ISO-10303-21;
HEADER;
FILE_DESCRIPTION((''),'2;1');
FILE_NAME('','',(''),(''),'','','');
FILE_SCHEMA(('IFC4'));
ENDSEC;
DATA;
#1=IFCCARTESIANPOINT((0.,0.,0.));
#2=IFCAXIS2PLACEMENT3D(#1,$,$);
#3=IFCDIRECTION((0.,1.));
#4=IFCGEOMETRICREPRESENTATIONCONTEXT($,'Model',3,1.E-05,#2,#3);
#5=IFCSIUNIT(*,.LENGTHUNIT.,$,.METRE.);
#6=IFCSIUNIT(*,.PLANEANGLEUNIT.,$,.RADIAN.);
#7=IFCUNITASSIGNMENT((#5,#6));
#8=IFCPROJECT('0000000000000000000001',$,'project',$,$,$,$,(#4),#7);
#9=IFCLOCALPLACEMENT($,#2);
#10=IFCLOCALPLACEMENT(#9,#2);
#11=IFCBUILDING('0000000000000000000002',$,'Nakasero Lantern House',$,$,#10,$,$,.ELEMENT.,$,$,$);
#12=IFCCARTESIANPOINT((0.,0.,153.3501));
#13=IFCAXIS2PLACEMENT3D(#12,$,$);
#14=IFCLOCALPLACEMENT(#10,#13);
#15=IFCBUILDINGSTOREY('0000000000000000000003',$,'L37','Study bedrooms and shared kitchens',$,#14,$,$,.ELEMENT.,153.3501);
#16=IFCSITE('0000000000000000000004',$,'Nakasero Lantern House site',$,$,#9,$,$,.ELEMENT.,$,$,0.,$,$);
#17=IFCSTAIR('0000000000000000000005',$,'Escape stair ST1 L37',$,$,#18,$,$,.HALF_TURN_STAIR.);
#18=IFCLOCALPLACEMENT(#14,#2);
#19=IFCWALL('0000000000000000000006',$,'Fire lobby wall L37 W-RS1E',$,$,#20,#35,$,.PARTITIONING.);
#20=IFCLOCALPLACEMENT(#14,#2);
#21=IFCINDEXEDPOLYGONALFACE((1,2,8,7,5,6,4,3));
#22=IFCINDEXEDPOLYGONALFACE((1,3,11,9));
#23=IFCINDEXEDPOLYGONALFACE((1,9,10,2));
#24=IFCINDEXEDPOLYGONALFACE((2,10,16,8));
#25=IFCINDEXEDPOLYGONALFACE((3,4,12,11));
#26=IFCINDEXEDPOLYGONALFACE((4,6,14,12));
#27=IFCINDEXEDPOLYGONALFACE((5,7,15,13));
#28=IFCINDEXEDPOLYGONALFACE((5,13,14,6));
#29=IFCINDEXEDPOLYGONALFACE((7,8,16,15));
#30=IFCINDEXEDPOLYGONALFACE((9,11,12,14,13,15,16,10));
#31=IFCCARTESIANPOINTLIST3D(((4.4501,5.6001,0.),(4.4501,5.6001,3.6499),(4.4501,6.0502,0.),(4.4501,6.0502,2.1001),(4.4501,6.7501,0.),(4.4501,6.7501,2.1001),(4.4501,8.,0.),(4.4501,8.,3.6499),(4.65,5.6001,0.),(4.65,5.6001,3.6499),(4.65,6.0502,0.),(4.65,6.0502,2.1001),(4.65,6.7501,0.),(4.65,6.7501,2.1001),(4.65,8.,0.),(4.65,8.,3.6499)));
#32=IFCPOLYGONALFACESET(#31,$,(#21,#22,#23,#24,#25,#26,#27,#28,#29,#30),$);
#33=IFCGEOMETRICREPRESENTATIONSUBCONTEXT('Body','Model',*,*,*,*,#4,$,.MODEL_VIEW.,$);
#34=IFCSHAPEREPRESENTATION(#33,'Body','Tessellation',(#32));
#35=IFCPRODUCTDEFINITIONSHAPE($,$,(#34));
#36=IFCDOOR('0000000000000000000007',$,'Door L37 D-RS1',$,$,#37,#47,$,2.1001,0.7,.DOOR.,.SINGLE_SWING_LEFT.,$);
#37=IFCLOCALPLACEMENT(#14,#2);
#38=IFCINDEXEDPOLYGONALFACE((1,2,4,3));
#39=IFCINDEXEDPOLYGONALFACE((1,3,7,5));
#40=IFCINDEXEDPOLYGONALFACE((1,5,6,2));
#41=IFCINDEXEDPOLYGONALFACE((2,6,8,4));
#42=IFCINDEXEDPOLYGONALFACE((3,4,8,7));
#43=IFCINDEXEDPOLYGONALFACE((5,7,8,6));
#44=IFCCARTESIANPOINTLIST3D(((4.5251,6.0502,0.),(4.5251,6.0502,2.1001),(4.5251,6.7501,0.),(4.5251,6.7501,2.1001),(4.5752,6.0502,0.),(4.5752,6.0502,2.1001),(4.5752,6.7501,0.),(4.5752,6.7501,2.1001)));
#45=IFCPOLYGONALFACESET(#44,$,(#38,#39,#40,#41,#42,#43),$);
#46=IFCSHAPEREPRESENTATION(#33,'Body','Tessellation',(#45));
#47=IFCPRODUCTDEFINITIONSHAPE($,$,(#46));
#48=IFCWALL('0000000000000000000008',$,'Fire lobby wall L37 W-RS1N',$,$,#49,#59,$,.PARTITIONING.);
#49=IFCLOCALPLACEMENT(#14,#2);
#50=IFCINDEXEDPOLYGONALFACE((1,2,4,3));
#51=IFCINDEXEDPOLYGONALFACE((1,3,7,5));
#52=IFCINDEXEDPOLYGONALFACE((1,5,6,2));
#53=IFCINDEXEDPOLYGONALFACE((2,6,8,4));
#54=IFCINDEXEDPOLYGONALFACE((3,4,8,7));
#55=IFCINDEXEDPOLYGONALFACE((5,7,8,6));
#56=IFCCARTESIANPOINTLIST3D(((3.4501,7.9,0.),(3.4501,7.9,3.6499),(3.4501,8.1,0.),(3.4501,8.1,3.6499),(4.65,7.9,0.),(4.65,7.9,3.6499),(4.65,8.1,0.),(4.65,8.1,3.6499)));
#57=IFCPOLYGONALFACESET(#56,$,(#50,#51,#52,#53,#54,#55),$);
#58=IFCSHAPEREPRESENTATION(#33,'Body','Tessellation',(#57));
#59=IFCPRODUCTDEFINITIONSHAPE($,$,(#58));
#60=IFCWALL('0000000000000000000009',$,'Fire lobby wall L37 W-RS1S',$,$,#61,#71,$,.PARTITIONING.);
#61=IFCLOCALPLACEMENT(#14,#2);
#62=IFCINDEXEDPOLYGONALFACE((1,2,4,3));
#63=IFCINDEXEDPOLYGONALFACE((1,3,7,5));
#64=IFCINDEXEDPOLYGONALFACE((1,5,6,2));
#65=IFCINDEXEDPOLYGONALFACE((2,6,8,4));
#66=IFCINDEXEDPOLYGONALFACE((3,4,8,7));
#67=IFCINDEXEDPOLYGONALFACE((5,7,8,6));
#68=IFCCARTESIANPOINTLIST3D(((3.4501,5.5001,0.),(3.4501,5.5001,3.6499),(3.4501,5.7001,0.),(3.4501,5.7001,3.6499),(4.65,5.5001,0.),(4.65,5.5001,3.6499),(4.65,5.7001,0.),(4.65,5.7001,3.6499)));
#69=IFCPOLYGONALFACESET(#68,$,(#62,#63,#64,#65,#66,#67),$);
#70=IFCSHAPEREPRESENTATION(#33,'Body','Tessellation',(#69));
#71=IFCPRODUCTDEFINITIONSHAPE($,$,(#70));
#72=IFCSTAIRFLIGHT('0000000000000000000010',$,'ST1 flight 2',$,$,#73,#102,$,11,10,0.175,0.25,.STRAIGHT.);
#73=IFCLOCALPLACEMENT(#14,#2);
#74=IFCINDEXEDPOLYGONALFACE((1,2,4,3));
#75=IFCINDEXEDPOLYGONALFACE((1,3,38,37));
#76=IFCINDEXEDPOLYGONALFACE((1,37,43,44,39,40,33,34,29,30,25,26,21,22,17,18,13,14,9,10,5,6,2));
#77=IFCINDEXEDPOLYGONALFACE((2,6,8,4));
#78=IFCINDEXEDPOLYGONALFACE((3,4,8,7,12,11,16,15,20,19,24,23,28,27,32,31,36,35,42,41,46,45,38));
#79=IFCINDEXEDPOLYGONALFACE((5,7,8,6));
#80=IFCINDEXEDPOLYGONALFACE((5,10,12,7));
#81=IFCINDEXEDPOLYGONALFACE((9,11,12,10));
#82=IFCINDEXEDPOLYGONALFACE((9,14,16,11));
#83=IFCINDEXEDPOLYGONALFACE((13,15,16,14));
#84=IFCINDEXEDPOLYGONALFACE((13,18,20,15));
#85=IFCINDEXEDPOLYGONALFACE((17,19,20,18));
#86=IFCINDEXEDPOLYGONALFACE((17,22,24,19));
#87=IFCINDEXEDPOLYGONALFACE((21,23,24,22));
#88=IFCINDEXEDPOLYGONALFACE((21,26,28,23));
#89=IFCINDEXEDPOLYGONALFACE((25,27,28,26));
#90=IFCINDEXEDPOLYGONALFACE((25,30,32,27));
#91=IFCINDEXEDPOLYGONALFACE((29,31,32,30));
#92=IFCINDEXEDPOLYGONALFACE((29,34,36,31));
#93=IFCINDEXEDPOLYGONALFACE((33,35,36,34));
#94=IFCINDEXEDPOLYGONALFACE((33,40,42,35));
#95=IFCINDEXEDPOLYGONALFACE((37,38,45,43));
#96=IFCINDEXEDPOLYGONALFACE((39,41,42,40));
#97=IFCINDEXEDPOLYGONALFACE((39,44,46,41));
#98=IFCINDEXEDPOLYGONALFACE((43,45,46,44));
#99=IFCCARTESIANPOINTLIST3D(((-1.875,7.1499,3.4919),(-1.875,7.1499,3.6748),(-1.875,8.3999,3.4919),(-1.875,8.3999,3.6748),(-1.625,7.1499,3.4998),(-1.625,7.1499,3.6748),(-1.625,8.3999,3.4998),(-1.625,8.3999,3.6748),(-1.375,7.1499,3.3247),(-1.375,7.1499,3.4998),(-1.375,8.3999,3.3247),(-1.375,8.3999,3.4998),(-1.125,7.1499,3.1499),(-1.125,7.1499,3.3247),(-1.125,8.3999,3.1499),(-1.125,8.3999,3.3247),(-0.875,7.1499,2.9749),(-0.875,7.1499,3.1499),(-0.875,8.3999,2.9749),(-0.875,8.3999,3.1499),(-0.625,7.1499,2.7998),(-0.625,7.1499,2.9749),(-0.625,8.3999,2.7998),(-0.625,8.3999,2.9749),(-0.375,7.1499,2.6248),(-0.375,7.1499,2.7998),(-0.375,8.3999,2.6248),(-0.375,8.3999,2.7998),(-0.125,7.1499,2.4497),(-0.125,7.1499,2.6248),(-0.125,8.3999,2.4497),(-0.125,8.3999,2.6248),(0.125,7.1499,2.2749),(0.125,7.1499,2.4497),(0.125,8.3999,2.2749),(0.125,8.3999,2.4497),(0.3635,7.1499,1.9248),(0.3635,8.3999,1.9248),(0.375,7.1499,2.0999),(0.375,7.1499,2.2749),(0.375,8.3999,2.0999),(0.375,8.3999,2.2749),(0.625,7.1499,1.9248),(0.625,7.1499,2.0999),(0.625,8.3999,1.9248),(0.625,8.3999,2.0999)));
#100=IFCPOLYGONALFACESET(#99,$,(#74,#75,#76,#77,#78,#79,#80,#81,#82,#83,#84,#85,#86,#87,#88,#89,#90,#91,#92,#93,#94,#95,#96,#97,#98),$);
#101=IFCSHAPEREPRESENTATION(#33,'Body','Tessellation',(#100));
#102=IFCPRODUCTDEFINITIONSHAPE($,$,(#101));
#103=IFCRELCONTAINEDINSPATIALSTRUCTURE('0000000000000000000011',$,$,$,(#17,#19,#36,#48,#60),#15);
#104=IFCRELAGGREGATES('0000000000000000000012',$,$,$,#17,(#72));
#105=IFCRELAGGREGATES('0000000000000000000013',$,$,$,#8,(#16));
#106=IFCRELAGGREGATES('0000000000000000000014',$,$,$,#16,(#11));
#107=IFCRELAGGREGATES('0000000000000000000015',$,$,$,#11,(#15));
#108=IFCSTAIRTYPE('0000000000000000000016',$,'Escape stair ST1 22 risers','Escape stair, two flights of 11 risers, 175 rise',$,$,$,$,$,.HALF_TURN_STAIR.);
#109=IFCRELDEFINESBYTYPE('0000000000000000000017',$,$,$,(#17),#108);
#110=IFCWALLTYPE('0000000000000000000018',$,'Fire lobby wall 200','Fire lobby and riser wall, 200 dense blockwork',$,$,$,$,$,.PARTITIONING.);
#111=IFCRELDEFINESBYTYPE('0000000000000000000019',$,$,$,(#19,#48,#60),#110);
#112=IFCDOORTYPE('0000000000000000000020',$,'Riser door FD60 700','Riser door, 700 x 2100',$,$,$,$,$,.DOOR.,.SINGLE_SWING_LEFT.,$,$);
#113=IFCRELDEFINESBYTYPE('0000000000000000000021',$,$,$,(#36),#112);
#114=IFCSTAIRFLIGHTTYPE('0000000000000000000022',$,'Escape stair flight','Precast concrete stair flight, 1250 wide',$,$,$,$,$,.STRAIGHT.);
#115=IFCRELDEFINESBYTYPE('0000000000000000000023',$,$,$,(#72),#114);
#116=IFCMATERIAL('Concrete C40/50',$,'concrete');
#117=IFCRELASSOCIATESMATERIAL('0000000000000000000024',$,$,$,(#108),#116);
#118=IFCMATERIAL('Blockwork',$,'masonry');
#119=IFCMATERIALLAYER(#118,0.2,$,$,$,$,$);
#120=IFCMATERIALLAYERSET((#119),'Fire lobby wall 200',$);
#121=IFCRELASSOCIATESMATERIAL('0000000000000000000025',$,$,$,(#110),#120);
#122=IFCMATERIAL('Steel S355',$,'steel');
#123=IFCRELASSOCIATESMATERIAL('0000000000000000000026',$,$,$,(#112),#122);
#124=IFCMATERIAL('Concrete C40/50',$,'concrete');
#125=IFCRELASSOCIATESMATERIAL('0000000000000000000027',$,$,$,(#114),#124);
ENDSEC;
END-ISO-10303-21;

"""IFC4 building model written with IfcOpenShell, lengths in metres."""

from ifc_helpers import new_model, si_unit, direction, frame, frame_2d, origin, place, context, subcontext, project, spatial, polyline, rectangle, outline, extrude, material, layer, layer_set, type_object, element, fill, aggregate, save


model = new_model("IFC4")

# Units and contexts
model_context = context("Model", 3, precision=1e-05, world=origin(), true_north=direction((0.0, 1.0)))
body_context = subcontext(model_context, "Body", "Model", "MODEL_VIEW")
ifc_project = project(units=[si_unit("LENGTHUNIT", "METRE"), si_unit("PLANEANGLEUNIT", "RADIAN")], contexts=[model_context])

# Site, building, storey
site_placement = place(None, origin())
site = spatial("IfcSite", under=ifc_project, at=site_placement, Name="Nakasero Lantern House site", CompositionType="ELEMENT", RefElevation=0.0)
building_placement = place(site_placement, origin())
building = spatial("IfcBuilding", under=site, at=building_placement, Name="Nakasero Lantern House", CompositionType="ELEMENT")
storey_placement = place(building_placement, frame((0.0, 0.0, 153.3501)))
storey = spatial("IfcBuildingStorey", under=building, at=storey_placement, Name="L37", Description="Study bedrooms and shared kitchens", CompositionType="ELEMENT", Elevation=153.3501)

# Stair
ifc_material_1 = material(Name="Concrete C40/50", Category="concrete")
stair_type_1 = type_object("IfcStairType", Name="Escape stair ST1 22 risers", Description="Escape stair, two flights of 11 risers, 175 rise", PredefinedType="HALF_TURN_STAIR", material=ifc_material_1)
stair_1_placement = place(storey_placement, origin())
stair_1 = element("IfcStair", 1, at=stair_1_placement, inside=storey, type_object=stair_type_1, Name="Escape stair ST1 L37", PredefinedType="HALF_TURN_STAIR")

# Wall, opening, door
ifc_material_2 = material(Name="Blockwork", Category="masonry")
ifc_layer_1 = layer(ifc_material_2, 0.2)
ifc_layer_set_1 = layer_set([ifc_layer_1], Name="Fire lobby wall 200")
wall_type_1 = type_object("IfcWallType", Name="Fire lobby wall 200", Description="Fire lobby and riser wall, 200 dense blockwork", PredefinedType="PARTITIONING", material=ifc_layer_set_1)
wall_1_placement = place(storey_placement, frame((4.55, 5.6001, 0.0), z_axis=(0.0, 0.0, 1.0), x_axis=(0.0, 1.0, 0.0)))
wall_1 = element("IfcWall", 2, at=wall_1_placement, inside=storey, type_object=wall_type_1, Name="Fire lobby wall L37 W-RS1E", PredefinedType="PARTITIONING", context=body_context, shape_type="SweptSolid", body=[
    extrude(rectangle(XDim=2.3999, YDim=0.2, at=frame_2d((1.2, 0.0))), origin(), (0.0, 0.0, 1.0), 3.6499),
])
opening_1_placement = place(wall_1_placement, frame((0.45, 0.0, 0.0)))
opening_1 = element("IfcOpeningElement", 3, at=opening_1_placement, cuts=wall_1, PredefinedType="OPENING", context=body_context, shape_type="SweptSolid", body=[
    extrude(rectangle(XDim=0.7, YDim=2.1001, at=frame_2d((0.3501, 1.05))), frame((0.0, 0.1199, 0.0), z_axis=(0.0, -1.0, 0.0), x_axis=(1.0, 0.0, 0.0)), (0.0, 0.0, 1.0), 0.24),
])
ifc_material_3 = material(Name="Steel S355", Category="steel")
door_type_1 = type_object("IfcDoorType", Name="Riser door FD60 700", Description="Riser door, 700 x 2100", OperationType="SINGLE_SWING_LEFT", PredefinedType="DOOR", material=ifc_material_3)
door_1_placement = place(opening_1_placement, origin())
door_1 = element("IfcDoor", 4, at=door_1_placement, inside=storey, type_object=door_type_1, Name="Door L37 D-RS1", OperationType="SINGLE_SWING_LEFT", OverallHeight=2.1001, OverallWidth=0.7, PredefinedType="DOOR", context=body_context, shape_type="SweptSolid", body=[
    extrude(rectangle(XDim=0.7, YDim=2.1001, at=frame_2d((0.3501, 1.05))), frame((0.0, 0.0249, 0.0), z_axis=(0.0, -1.0, 0.0), x_axis=(1.0, 0.0, 0.0)), (0.0, 0.0, 1.0), 0.05),
])
fill(opening_1, door_1)

# Walls
for number, where, z_axis, x_axis, name in (
    (5, (3.45, 8.0, 0.0), (0.0, 0.0, 1.0), (1.0, 0.0, 0.0), "Fire lobby wall L37 W-RS1N"),
    (6, (3.45, 5.6001, 0.0), (0.0, 0.0, 1.0), (1.0, 0.0, 0.0), "Fire lobby wall L37 W-RS1S"),
):
    element("IfcWall", number, at=place(storey_placement, frame(where, z_axis=z_axis, x_axis=x_axis)), inside=storey, type_object=wall_type_1, Name=name, PredefinedType="PARTITIONING", context=body_context, shape_type="SweptSolid", body=[
        extrude(rectangle(XDim=1.2, YDim=0.2, at=frame_2d((0.6001, 0.0))), origin(), (0.0, 0.0, 1.0), 3.6499),
    ])

# Stair flight
ifc_material_4 = material(Name="Concrete C40/50", Category="concrete")
stair_flight_type = type_object("IfcStairFlightType", Name="Escape stair flight", Description="Precast concrete stair flight, 1250 wide", PredefinedType="STRAIGHT", material=ifc_material_4)
stair_flight_placement = place(storey_placement, frame((0.625, 7.7749, 1.9248), z_axis=(0.0, 0.0, 1.0), x_axis=(-1.0, 0.0, 0.0)))
stair_flight = element("IfcStairFlight", 7, at=stair_flight_placement, type_object=stair_flight_type, Name="ST1 flight 2", NumberOfRisers=11, NumberOfTreads=10, PredefinedType="STRAIGHT", RiserHeight=0.175, TreadLength=0.25, context=body_context, shape_type="SweptSolid", body=[
    extrude(outline(polyline([(0.0, 0.0), (0.0, 0.175), (0.25, 0.175), (0.25, 0.3501), (0.5, 0.3501), (0.5, 0.5249), (0.75, 0.5249), (0.75, 0.7), (1.0, 0.7), (1.0, 0.875), (1.25, 0.875), (1.25, 1.05), (1.5, 1.05), (1.5, 1.2251), (1.75, 1.2251), (1.75, 1.3999), (2.0, 1.3999), (2.0, 1.575), (2.25, 1.575), (2.25, 1.75), (2.5, 1.75), (2.5, 1.925), (2.5, 1.5671), (0.2615, 0.0), (0.0, 0.0)])), frame((0.0, 0.625, 0.0), z_axis=(0.0, -1.0, 0.0), x_axis=(1.0, 0.0, 0.0)), (0.0, 0.0, 1.0), 1.25),
])
aggregate(stair_1, [stair_flight])

save(model, "model.ifc")
